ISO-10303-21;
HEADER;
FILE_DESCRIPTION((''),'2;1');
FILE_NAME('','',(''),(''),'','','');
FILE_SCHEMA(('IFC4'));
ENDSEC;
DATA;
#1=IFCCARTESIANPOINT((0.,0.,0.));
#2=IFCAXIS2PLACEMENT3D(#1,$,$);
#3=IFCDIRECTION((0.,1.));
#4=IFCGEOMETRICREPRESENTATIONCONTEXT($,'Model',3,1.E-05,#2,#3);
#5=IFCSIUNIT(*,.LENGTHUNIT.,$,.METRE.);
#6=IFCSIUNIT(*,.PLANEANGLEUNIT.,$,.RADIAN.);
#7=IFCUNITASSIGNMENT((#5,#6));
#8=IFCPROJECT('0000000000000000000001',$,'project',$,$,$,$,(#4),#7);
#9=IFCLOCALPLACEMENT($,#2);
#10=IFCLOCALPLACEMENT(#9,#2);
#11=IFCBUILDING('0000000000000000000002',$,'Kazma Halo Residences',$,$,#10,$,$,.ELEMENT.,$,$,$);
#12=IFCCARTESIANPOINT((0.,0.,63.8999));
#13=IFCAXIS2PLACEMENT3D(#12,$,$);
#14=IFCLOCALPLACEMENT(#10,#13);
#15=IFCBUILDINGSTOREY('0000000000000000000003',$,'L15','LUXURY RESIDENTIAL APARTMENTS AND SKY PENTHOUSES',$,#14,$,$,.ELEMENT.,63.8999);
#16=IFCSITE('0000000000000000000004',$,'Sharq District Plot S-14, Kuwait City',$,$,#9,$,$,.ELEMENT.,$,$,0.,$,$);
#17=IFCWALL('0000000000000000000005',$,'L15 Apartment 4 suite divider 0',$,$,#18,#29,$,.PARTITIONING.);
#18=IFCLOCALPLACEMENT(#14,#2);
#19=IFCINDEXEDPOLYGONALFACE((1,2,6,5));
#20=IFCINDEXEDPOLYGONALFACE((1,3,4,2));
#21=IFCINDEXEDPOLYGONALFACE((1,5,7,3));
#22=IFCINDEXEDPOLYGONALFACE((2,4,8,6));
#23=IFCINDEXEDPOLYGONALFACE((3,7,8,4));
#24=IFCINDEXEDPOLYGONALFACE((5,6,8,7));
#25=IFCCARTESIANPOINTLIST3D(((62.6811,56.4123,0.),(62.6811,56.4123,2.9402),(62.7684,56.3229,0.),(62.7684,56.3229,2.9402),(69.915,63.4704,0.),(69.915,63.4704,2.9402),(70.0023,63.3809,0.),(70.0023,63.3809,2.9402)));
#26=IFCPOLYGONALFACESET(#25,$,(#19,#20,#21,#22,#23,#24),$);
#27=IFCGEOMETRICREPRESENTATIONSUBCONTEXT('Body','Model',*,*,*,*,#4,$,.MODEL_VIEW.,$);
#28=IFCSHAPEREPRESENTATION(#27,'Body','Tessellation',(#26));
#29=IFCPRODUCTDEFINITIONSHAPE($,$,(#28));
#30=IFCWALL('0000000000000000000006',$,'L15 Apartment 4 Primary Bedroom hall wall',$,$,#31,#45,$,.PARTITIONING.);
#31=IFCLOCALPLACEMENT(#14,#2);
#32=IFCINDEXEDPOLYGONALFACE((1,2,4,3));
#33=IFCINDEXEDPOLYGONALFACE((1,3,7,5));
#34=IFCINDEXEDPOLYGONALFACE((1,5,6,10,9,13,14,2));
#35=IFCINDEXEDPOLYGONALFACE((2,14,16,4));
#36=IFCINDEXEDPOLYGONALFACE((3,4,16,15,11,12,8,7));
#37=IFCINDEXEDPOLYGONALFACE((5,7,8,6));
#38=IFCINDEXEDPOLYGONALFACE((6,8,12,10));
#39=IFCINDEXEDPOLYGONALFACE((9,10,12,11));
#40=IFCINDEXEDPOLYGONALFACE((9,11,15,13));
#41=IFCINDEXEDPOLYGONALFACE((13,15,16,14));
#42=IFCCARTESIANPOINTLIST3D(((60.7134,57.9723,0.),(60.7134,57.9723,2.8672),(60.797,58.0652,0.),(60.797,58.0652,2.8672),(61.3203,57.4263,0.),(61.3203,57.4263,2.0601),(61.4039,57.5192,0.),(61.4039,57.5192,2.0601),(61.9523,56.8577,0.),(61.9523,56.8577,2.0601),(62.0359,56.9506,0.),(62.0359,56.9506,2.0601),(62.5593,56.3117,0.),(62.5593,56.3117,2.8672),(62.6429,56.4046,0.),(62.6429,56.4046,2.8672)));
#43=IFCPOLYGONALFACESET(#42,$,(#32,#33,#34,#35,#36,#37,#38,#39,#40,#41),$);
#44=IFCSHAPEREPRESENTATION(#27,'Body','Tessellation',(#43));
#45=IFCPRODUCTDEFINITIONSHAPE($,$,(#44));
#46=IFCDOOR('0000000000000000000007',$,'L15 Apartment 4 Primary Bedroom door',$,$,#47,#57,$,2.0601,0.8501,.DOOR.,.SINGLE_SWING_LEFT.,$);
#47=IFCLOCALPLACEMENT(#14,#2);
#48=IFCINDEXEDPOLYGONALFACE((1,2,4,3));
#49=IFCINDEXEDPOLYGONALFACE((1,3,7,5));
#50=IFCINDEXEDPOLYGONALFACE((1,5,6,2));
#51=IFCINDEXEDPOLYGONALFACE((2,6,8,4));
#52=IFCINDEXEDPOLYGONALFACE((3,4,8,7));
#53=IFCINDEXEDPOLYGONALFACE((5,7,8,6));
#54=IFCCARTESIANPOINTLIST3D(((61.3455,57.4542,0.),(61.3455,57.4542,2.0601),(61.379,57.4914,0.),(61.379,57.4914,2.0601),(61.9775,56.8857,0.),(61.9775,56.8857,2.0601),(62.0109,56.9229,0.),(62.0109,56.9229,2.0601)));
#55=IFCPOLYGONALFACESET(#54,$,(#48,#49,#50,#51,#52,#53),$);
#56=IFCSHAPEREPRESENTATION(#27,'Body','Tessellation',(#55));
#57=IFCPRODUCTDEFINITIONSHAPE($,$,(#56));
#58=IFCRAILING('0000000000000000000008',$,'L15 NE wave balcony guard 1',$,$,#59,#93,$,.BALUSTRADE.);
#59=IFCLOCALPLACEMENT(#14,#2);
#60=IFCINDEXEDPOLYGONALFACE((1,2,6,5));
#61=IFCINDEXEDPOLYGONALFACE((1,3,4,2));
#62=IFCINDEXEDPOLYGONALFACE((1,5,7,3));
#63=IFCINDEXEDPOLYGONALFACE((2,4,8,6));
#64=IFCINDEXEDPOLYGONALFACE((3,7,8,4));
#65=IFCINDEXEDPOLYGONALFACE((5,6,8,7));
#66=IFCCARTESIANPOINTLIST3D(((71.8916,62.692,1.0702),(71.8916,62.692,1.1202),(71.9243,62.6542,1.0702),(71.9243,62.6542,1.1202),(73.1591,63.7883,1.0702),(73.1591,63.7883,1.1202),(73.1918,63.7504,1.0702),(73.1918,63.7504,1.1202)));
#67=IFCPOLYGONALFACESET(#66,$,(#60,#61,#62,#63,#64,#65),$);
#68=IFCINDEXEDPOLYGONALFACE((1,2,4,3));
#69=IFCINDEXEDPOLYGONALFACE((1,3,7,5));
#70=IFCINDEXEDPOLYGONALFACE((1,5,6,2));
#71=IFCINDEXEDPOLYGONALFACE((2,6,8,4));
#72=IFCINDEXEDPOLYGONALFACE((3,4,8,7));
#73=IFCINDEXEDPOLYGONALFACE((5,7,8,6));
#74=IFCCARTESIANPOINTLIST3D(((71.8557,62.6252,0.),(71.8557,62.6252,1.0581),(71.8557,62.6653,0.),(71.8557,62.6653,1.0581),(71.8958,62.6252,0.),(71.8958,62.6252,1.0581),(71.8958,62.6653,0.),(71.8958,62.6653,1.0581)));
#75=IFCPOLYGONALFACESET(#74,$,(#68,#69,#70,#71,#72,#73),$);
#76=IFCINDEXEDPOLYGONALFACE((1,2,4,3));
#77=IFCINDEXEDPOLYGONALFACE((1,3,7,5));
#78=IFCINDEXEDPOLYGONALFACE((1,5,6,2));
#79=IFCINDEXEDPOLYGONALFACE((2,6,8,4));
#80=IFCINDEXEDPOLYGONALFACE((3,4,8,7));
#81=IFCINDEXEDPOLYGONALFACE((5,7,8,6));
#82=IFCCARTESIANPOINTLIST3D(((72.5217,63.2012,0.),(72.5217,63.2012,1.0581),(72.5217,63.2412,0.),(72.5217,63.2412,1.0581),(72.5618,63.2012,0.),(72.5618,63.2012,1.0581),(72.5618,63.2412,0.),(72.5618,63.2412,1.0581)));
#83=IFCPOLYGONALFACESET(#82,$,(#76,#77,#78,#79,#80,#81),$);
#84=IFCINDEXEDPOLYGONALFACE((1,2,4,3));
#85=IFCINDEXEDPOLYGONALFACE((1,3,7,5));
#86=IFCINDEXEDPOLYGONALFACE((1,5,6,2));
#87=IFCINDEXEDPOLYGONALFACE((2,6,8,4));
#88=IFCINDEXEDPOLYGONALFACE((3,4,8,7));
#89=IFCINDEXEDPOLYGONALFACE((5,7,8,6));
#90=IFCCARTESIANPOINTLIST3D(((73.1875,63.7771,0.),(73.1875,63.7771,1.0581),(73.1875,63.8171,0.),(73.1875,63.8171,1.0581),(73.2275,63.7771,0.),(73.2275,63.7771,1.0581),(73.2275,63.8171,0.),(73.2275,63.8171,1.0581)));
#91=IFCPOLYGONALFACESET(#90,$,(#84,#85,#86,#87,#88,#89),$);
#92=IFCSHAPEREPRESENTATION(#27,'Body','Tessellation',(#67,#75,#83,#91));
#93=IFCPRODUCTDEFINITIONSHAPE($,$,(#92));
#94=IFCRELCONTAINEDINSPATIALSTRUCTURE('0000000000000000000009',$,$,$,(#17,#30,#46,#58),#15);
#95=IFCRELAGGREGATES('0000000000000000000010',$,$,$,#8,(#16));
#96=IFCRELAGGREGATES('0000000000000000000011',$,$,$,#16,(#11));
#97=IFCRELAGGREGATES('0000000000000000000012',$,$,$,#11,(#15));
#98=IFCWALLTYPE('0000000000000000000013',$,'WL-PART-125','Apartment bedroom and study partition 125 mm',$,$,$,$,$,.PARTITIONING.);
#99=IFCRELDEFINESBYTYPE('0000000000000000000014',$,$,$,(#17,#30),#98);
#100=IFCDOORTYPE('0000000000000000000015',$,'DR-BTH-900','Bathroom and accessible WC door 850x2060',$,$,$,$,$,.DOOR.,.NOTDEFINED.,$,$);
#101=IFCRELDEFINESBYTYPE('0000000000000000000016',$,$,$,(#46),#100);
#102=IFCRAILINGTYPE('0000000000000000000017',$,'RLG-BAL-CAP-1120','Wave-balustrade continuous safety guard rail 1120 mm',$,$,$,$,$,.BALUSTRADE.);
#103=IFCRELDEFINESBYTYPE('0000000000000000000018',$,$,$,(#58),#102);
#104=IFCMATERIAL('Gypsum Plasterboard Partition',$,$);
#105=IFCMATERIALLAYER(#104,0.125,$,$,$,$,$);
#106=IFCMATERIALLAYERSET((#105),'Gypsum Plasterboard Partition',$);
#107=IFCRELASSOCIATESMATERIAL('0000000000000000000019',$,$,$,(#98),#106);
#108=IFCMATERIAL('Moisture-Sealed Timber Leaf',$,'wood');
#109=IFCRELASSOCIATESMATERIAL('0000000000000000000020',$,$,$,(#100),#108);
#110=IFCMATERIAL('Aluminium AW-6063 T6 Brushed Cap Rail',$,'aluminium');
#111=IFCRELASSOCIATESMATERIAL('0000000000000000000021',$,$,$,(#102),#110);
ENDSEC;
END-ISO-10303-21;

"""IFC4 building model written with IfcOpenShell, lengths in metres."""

from ifc_helpers import new_model, si_unit, direction, frame, frame_2d, origin, origin_2d, place, context, subcontext, project, spatial, rectangle, extrude, material, layer, layer_set, type_object, element, fill, save


model = new_model("IFC4")

# Units and contexts
model_context = context("Model", 3, precision=1e-05, world=origin(), true_north=direction((0.0, 1.0)))
body_context = subcontext(model_context, "Body", "Model", "MODEL_VIEW")
ifc_project = project(units=[si_unit("LENGTHUNIT", "METRE"), si_unit("PLANEANGLEUNIT", "RADIAN")], contexts=[model_context])

# Site, building, storey
site_placement = place(None, origin())
site = spatial("IfcSite", under=ifc_project, at=site_placement, Name="Sharq District Plot S-14, Kuwait City", CompositionType="ELEMENT", RefElevation=0.0)
building_placement = place(site_placement, origin())
building = spatial("IfcBuilding", under=site, at=building_placement, Name="Kazma Halo Residences", CompositionType="ELEMENT")
storey_placement = place(building_placement, frame((0.0, 0.0, 63.8999)))
storey = spatial("IfcBuildingStorey", under=building, at=storey_placement, Name="L15", Description="LUXURY RESIDENTIAL APARTMENTS AND SKY PENTHOUSES", CompositionType="ELEMENT", Elevation=63.8999)

# Shared definitions
ifc_material_1 = material(Name="Gypsum Plasterboard Partition")
ifc_layer_1 = layer(ifc_material_1, 0.125)
ifc_layer_set_1 = layer_set([ifc_layer_1], Name="Gypsum Plasterboard Partition")
wall_type_1 = type_object("IfcWallType", Name="WL-PART-125", Description="Apartment bedroom and study partition 125 mm", PredefinedType="PARTITIONING", material=ifc_layer_set_1)
ifc_material_2 = material(Name="Moisture-Sealed Timber Leaf", Category="wood")
door_type_1 = type_object("IfcDoorType", Name="DR-BTH-900", Description="Bathroom and accessible WC door 850x2060", OperationType="NOTDEFINED", PredefinedType="DOOR", material=ifc_material_2)

# Wall
wall_1_placement = place(storey_placement, frame((62.7249, 56.3677, 0.0), z_axis=(0.0, 0.0, 1.0), x_axis=(0.71575, 0.698357, 0.0)))
element("IfcWall", 1, at=wall_1_placement, inside=storey, type_object=wall_type_1, Name="L15 Apartment 4 suite divider 0", PredefinedType="PARTITIONING", context=body_context, shape_type="SweptSolid", body=[
    extrude(rectangle(XDim=10.1067, YDim=0.125, at=frame_2d((5.0532, 0.0))), origin(), (0.0, 0.0, 1.0), 2.9402),
])

# Wall, opening, door
wall_2_placement = place(storey_placement, frame((62.6011, 56.3582, 0.0), z_axis=(0.0, 0.0, 1.0), x_axis=(-0.743436, 0.668807, 0.0)))
wall_2 = element("IfcWall", 2, at=wall_2_placement, inside=storey, type_object=wall_type_1, Name="L15 Apartment 4 Primary Bedroom hall wall", PredefinedType="PARTITIONING", context=body_context, shape_type="SweptSolid", body=[
    extrude(rectangle(XDim=2.4829, YDim=0.125, at=frame_2d((1.2415, 0.0))), origin(), (0.0, 0.0, 1.0), 2.8672),
])
opening_1_placement = place(wall_2_placement, frame((0.8164, 0.0, 0.0)))
opening_1 = element("IfcOpeningElement", 3, at=opening_1_placement, cuts=wall_2, PredefinedType="OPENING", context=body_context, shape_type="SweptSolid", body=[
    extrude(rectangle(XDim=0.8501, YDim=2.0601, at=frame_2d((0.425, 1.03))), frame((0.0, 0.0725, 0.0), z_axis=(0.0, -1.0, 0.0), x_axis=(1.0, 0.0, 0.0)), (0.0, 0.0, 1.0), 0.145),
])
door_1_placement = place(opening_1_placement, origin())
door_1 = element("IfcDoor", 4, at=door_1_placement, inside=storey, type_object=door_type_1, Name="L15 Apartment 4 Primary Bedroom door", OperationType="SINGLE_SWING_LEFT", OverallHeight=2.0601, OverallWidth=0.8501, PredefinedType="DOOR", context=body_context, shape_type="SweptSolid", body=[
    extrude(rectangle(XDim=0.8501, YDim=2.0601, at=frame_2d((0.425, 1.03))), frame((0.0, 0.0249, 0.0), z_axis=(0.0, -1.0, 0.0), x_axis=(1.0, 0.0, 0.0)), (0.0, 0.0, 1.0), 0.05),
])
fill(opening_1, door_1)

# Railing
ifc_material_3 = material(Name="Aluminium AW-6063 T6 Brushed Cap Rail", Category="aluminium")
railing_type = type_object("IfcRailingType", Name="RLG-BAL-CAP-1120", Description="Wave-balustrade continuous safety guard rail 1120 mm", PredefinedType="BALUSTRADE", material=ifc_material_3)
railing_1_placement = place(storey_placement, frame((71.8757, 62.6453, 0.0)))
element("IfcRailing", 5, at=railing_1_placement, inside=storey, type_object=railing_type, Name="L15 NE wave balcony guard 1", PredefinedType="BALUSTRADE", context=body_context, shape_type="SweptSolid", body=[
    extrude(rectangle(XDim=0.05, YDim=0.05, at=origin_2d()), frame((0.0322, 0.0278, 1.0952), z_axis=(0.756352, 0.654165, 0.0), x_axis=(-0.654165, 0.756352, 0.0)), (0.0, 0.0, 1.0), 1.6758),
    extrude(rectangle(XDim=0.04, YDim=0.04, at=origin_2d()), origin(), (0.0, 0.0, 1.0), 1.0581),
    extrude(rectangle(XDim=0.04, YDim=0.04, at=origin_2d()), frame((0.666, 0.5759, 0.0)), (0.0, 0.0, 1.0), 1.0581),
    extrude(rectangle(XDim=0.04, YDim=0.04, at=origin_2d()), frame((1.3318, 1.1519, 0.0)), (0.0, 0.0, 1.0), 1.0581),
])

save(model, "model.ifc")
